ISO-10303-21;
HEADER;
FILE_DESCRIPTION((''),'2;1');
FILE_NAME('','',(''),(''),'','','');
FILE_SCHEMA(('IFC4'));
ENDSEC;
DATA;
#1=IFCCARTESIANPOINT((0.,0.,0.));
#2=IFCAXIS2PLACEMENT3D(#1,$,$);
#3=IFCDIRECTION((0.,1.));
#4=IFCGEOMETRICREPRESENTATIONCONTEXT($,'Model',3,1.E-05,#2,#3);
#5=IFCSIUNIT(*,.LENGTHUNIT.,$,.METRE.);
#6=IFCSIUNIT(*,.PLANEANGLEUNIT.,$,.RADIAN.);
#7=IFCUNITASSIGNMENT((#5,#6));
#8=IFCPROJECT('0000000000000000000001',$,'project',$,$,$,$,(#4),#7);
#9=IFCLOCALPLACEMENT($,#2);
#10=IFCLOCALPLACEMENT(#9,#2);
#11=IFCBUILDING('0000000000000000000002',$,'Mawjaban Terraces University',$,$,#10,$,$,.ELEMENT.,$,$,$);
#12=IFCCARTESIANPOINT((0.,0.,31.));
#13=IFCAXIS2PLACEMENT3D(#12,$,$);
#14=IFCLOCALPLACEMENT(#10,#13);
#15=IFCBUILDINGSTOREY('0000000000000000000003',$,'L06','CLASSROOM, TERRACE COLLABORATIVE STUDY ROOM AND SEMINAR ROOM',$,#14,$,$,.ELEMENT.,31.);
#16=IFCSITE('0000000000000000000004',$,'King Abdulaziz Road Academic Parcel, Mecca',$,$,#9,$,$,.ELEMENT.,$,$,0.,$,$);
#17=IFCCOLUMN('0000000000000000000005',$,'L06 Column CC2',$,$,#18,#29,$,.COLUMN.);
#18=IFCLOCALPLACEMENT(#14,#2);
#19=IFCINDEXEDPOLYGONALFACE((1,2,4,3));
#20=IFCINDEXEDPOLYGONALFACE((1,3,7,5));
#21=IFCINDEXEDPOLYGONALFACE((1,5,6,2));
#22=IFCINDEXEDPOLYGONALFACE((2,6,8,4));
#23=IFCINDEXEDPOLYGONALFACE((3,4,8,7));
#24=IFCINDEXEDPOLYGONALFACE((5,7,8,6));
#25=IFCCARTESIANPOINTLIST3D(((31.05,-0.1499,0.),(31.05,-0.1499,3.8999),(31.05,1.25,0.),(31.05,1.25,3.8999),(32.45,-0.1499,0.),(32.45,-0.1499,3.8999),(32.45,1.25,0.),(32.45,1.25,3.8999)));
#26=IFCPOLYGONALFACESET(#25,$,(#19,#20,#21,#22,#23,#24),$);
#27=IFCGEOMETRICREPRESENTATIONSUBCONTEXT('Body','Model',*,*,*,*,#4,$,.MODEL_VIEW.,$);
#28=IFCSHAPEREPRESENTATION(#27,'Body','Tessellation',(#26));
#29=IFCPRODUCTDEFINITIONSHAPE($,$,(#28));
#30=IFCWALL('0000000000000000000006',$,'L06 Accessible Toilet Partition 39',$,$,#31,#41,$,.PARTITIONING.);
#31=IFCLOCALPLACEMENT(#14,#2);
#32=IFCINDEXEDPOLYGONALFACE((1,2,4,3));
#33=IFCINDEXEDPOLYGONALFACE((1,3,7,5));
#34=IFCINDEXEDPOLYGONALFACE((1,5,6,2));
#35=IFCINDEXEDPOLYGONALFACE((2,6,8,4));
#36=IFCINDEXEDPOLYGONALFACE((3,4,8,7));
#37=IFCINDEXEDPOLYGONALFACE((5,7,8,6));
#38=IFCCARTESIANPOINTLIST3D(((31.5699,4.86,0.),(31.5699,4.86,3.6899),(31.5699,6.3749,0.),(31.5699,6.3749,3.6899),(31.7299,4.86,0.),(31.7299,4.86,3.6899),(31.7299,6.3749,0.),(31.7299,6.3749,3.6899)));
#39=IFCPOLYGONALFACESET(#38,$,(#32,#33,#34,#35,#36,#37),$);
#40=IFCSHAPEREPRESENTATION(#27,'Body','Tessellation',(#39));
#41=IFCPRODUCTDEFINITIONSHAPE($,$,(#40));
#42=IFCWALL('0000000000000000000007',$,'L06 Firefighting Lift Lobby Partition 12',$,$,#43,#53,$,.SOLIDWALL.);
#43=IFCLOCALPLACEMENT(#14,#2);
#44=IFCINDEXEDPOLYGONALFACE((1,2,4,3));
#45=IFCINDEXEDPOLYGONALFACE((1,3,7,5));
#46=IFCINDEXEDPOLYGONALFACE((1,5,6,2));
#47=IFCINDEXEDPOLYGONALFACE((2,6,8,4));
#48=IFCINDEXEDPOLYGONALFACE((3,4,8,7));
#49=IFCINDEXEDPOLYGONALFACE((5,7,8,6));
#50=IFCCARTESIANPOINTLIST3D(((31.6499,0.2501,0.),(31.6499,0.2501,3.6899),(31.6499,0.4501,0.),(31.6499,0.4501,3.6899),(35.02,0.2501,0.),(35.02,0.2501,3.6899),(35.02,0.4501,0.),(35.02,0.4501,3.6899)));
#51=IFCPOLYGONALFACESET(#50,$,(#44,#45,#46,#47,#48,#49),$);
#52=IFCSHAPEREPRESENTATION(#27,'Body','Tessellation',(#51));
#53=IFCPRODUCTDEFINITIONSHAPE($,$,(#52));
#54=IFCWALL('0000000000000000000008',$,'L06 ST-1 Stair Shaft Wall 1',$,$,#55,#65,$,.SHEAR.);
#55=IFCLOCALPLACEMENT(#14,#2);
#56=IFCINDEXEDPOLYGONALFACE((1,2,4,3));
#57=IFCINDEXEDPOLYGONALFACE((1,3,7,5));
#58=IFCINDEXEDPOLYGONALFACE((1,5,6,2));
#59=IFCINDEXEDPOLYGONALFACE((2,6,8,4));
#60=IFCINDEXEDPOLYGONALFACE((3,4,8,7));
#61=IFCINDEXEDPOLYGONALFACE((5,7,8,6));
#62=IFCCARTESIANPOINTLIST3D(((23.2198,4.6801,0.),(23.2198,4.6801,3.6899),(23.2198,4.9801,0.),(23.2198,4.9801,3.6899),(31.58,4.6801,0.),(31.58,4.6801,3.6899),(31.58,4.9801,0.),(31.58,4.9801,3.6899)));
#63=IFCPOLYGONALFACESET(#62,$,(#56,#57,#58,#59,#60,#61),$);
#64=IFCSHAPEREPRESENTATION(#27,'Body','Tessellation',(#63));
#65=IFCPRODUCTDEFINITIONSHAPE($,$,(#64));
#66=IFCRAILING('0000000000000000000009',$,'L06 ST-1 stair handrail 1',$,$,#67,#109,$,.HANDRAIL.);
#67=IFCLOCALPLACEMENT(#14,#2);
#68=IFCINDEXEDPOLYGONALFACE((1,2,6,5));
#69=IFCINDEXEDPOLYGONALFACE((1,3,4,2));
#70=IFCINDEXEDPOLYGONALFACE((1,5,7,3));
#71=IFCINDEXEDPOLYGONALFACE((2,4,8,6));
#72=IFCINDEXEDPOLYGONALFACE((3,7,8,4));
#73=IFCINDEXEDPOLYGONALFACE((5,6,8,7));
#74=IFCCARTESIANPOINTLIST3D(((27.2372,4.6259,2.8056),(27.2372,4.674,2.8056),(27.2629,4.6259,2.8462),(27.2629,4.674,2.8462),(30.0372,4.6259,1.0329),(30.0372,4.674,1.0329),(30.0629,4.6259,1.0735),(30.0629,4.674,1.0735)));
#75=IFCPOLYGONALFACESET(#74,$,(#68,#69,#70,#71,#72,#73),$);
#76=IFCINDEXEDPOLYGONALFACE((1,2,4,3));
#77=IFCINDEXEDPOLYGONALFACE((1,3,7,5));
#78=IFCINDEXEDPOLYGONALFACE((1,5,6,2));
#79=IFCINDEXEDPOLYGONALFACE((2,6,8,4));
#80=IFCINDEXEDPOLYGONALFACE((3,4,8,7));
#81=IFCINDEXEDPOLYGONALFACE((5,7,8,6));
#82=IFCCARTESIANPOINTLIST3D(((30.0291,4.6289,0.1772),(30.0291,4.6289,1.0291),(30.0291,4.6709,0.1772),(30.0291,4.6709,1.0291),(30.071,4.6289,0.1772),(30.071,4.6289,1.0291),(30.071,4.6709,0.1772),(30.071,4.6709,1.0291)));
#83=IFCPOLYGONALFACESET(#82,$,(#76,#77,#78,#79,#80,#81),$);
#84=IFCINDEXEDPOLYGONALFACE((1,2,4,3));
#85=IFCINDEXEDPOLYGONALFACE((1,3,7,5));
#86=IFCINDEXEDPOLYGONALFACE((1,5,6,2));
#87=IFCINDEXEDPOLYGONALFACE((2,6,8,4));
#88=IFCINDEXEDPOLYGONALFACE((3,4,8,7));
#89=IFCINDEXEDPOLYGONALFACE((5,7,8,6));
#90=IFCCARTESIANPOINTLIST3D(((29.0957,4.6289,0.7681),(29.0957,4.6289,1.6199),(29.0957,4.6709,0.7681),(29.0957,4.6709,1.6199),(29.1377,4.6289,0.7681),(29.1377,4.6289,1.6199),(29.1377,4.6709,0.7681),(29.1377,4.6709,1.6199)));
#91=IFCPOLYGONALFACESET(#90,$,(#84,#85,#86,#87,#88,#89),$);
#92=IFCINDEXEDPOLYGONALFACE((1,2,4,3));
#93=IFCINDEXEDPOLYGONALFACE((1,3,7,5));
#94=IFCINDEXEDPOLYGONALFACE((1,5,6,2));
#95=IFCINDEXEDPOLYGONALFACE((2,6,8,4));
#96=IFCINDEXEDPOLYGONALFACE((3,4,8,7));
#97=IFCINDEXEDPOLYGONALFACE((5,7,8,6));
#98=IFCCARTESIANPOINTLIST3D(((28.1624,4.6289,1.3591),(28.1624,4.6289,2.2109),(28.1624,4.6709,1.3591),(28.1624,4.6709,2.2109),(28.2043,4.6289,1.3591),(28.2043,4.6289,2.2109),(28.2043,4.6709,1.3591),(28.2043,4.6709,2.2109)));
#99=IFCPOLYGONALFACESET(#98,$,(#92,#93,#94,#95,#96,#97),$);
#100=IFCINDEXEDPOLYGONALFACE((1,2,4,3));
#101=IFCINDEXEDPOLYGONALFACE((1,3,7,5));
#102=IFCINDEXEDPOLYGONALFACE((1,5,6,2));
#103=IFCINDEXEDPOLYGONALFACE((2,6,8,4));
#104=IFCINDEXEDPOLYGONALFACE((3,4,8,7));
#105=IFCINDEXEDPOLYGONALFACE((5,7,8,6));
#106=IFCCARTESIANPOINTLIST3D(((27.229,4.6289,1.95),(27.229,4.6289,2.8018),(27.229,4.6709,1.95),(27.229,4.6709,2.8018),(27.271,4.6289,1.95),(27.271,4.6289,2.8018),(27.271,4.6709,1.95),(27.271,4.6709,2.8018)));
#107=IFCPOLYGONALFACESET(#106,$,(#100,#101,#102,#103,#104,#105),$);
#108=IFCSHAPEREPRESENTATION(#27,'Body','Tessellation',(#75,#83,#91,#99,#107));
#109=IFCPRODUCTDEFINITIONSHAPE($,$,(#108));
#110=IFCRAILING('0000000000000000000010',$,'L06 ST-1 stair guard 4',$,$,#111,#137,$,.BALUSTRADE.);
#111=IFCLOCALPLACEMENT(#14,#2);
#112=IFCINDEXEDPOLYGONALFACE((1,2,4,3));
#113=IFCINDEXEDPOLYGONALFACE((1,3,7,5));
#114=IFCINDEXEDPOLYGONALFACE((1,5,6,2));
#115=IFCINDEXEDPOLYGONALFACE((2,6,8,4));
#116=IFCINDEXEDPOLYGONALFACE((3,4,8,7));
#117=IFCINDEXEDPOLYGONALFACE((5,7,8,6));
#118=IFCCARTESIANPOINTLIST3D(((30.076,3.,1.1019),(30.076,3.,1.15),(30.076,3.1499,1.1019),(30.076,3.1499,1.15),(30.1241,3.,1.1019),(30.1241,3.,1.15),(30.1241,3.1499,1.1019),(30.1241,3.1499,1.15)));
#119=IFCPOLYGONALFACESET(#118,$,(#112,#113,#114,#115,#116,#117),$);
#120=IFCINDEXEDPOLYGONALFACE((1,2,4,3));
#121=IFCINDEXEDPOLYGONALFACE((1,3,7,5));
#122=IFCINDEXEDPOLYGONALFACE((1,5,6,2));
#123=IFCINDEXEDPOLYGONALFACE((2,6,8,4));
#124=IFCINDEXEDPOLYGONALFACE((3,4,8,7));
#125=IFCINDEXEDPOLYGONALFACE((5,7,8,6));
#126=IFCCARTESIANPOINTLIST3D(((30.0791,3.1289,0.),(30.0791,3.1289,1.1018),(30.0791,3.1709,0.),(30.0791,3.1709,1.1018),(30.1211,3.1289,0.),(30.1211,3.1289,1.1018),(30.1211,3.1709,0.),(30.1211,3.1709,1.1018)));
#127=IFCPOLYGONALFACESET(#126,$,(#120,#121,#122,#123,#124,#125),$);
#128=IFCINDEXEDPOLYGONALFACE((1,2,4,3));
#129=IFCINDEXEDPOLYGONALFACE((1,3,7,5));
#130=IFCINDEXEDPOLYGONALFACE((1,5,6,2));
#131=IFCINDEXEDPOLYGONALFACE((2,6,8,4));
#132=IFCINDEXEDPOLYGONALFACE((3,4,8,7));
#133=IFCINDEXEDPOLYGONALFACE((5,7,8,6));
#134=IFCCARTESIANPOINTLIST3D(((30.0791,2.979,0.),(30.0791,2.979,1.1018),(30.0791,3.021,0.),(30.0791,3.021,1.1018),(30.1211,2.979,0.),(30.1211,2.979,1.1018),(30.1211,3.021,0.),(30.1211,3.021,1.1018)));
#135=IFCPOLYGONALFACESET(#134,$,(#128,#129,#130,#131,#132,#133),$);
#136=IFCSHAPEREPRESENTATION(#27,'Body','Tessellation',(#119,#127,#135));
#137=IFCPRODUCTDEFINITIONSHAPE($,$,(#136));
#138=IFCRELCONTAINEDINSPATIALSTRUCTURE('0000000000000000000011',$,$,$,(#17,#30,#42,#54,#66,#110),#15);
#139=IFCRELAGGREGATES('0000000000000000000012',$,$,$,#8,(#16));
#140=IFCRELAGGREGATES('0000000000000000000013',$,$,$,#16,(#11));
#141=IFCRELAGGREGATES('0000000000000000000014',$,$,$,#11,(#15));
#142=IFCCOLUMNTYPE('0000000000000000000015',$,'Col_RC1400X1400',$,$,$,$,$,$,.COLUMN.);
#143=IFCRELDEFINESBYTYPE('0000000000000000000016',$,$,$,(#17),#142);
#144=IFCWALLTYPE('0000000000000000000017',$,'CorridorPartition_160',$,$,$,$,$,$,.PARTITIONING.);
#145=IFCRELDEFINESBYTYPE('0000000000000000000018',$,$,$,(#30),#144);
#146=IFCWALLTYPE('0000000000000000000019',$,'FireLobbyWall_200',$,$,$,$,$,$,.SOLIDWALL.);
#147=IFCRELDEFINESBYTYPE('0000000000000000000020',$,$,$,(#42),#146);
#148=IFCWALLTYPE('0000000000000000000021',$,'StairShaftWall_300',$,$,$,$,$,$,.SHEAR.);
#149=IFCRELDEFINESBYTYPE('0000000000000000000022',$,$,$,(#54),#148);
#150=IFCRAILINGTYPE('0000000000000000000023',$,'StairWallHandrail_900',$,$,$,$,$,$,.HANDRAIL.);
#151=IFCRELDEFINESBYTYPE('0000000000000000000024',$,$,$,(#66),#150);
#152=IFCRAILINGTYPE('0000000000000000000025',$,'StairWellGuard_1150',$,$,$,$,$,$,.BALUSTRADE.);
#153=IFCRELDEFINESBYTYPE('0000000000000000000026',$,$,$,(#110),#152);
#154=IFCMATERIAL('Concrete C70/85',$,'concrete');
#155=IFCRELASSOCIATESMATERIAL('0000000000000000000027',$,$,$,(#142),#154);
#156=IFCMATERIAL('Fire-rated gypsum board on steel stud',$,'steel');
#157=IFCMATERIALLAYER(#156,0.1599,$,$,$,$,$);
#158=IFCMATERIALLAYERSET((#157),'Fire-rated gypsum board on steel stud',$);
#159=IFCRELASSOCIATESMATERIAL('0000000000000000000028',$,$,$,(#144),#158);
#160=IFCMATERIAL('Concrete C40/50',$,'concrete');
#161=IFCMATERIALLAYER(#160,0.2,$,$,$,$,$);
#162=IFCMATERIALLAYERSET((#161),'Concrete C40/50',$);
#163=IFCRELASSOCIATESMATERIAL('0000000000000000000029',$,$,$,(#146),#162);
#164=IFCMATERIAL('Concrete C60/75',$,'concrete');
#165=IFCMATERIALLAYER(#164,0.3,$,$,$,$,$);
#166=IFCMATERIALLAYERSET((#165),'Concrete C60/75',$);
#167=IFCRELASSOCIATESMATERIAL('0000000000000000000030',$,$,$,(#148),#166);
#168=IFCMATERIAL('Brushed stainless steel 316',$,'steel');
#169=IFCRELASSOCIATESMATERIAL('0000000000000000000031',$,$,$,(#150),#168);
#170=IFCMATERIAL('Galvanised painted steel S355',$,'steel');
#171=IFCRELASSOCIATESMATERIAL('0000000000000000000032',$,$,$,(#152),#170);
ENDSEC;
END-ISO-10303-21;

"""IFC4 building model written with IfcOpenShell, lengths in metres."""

from ifc_helpers import new_model, si_unit, direction, frame, frame_2d, origin, origin_2d, place, context, subcontext, project, spatial, rectangle, extrude, material, layer, layer_set, material_profile, profile_set, type_object, element, save


model = new_model("IFC4")

# Units and contexts
model_context = context("Model", 3, precision=1e-05, world=origin(), true_north=direction((0.0, 1.0)))
body_context = subcontext(model_context, "Body", "Model", "MODEL_VIEW")
ifc_project = project(units=[si_unit("LENGTHUNIT", "METRE"), si_unit("PLANEANGLEUNIT", "RADIAN")], contexts=[model_context])

# Site, building, storey
site_placement = place(None, origin())
site = spatial("IfcSite", under=ifc_project, at=site_placement, Name="King Abdulaziz Road Academic Parcel, Mecca", CompositionType="ELEMENT", RefElevation=0.0)
building_placement = place(site_placement, origin())
building = spatial("IfcBuilding", under=site, at=building_placement, Name="Mawjaban Terraces University", CompositionType="ELEMENT")
storey_placement = place(building_placement, frame((0.0, 0.0, 31.0)))
storey = spatial("IfcBuildingStorey", under=building, at=storey_placement, Name="L06", Description="CLASSROOM, TERRACE COLLABORATIVE STUDY ROOM AND SEMINAR ROOM", CompositionType="ELEMENT", Elevation=31.0)

# Column
ifc_material_1 = material(Name="Concrete C70/85", Category="concrete")
ifc_material_profile = material_profile(ifc_material_1, rectangle(XDim=1.3999, YDim=1.3999, at=origin_2d()), Name="RC1400X1400")
ifc_profile_set = profile_set([ifc_material_profile], Name="Concrete C70/85")
column_type = type_object("IfcColumnType", Name="Col_RC1400X1400", PredefinedType="COLUMN", material=ifc_profile_set)
column_placement = place(storey_placement, frame((31.75, 0.55, 0.0), z_axis=(0.0, 0.0, 1.0), x_axis=(1.0, 0.0, 0.0)))
element("IfcColumn", 1, at=column_placement, inside=storey, type_object=column_type, Name="L06 Column CC2", PredefinedType="COLUMN", context=body_context, shape_type="SweptSolid", body=[
    extrude(rectangle(XDim=1.3999, YDim=1.3999, at=origin_2d()), origin(), (0.0, 0.0, 1.0), 3.8999),
])

# Wall
ifc_material_2 = material(Name="Fire-rated gypsum board on steel stud", Category="steel")
ifc_layer_1 = layer(ifc_material_2, 0.1599)
ifc_layer_set_1 = layer_set([ifc_layer_1], Name="Fire-rated gypsum board on steel stud")
wall_type_1 = type_object("IfcWallType", Name="CorridorPartition_160", PredefinedType="PARTITIONING", material=ifc_layer_set_1)
wall_1_placement = place(storey_placement, frame((31.6499, 4.8601, 0.0), z_axis=(0.0, 0.0, 1.0), x_axis=(0.0, 1.0, 0.0)))
element("IfcWall", 2, at=wall_1_placement, inside=storey, type_object=wall_type_1, Name="L06 Accessible Toilet Partition 39", PredefinedType="PARTITIONING", context=body_context, shape_type="SweptSolid", body=[
    extrude(rectangle(XDim=1.5149, YDim=0.1599, at=frame_2d((0.7573, 0.0))), origin(), (0.0, 0.0, 1.0), 3.6899),
])

# Shared definitions
ifc_material_3 = material(Name="Concrete C40/50", Category="concrete")
ifc_layer_2 = layer(ifc_material_3, 0.2)
ifc_layer_set_2 = layer_set([ifc_layer_2], Name="Concrete C40/50")
wall_type_2 = type_object("IfcWallType", Name="FireLobbyWall_200", PredefinedType="SOLIDWALL", material=ifc_layer_set_2)

# Wall
wall_2_placement = place(storey_placement, frame((31.6499, 0.3501, 0.0), z_axis=(0.0, 0.0, 1.0), x_axis=(1.0, 0.0, 0.0)))
element("IfcWall", 3, at=wall_2_placement, inside=storey, type_object=wall_type_2, Name="L06 Firefighting Lift Lobby Partition 12", PredefinedType="SOLIDWALL", context=body_context, shape_type="SweptSolid", body=[
    extrude(rectangle(XDim=3.3701, YDim=0.2, at=frame_2d((1.6851, 0.0))), origin(), (0.0, 0.0, 1.0), 3.6899),
])

# Wall
ifc_material_4 = material(Name="Concrete C60/75", Category="concrete")
ifc_layer_3 = layer(ifc_material_4, 0.3)
ifc_layer_set_3 = layer_set([ifc_layer_3], Name="Concrete C60/75")
wall_type_3 = type_object("IfcWallType", Name="StairShaftWall_300", PredefinedType="SHEAR", material=ifc_layer_set_3)
wall_3_placement = place(storey_placement, frame((31.5801, 4.8301, 0.0), z_axis=(0.0, 0.0, 1.0), x_axis=(-1.0, 0.0, 0.0)))
element("IfcWall", 4, at=wall_3_placement, inside=storey, type_object=wall_type_3, Name="L06 ST-1 Stair Shaft Wall 1", PredefinedType="SHEAR", context=body_context, shape_type="SweptSolid", body=[
    extrude(rectangle(XDim=8.3601, YDim=0.3, at=frame_2d((4.1802, 0.0))), origin(), (0.0, 0.0, 1.0), 3.6899),
])

# Railings
ifc_material_5 = material(Name="Brushed stainless steel 316", Category="steel")
railing_type_1 = type_object("IfcRailingType", Name="StairWallHandrail_900", PredefinedType="HANDRAIL", material=ifc_material_5)
railing_1_placement = place(storey_placement, frame((30.05, 4.6499, 0.1772)))
element("IfcRailing", 5, at=railing_1_placement, inside=storey, type_object=railing_type_1, Name="L06 ST-1 stair handrail 1", PredefinedType="HANDRAIL", context=body_context, shape_type="SweptSolid", body=[
    extrude(rectangle(XDim=0.0481, YDim=0.0481, at=origin_2d()), frame((0.0, 0.0, 0.876), z_axis=(-0.844909, 0.0, 0.53491), x_axis=(0.0, -1.0, 0.0)), (0.0, 0.0, 1.0), 3.314),
    extrude(rectangle(XDim=0.042, YDim=0.042, at=origin_2d()), origin(), (0.0, 0.0, 1.0), 0.8518),
    extrude(rectangle(XDim=0.042, YDim=0.042, at=origin_2d()), frame((-0.9333, 0.0, 0.5908)), (0.0, 0.0, 1.0), 0.8518),
    extrude(rectangle(XDim=0.042, YDim=0.042, at=origin_2d()), frame((-1.8667, 0.0, 1.1819)), (0.0, 0.0, 1.0), 0.8518),
    extrude(rectangle(XDim=0.042, YDim=0.042, at=origin_2d()), frame((-2.8, 0.0, 1.7727)), (0.0, 0.0, 1.0), 0.8518),
])
ifc_material_6 = material(Name="Galvanised painted steel S355", Category="steel")
railing_type_2 = type_object("IfcRailingType", Name="StairWellGuard_1150", PredefinedType="BALUSTRADE", material=ifc_material_6)
railing_2_placement = place(storey_placement, frame((30.1001, 3.1499, 0.0)))
element("IfcRailing", 6, at=railing_2_placement, inside=storey, type_object=railing_type_2, Name="L06 ST-1 stair guard 4", PredefinedType="BALUSTRADE", context=body_context, shape_type="SweptSolid", body=[
    extrude(rectangle(XDim=0.0481, YDim=0.0481, at=origin_2d()), frame((0.0, 0.0, 1.126), z_axis=(0.0, -1.0, 0.0), x_axis=(1.0, 0.0, 0.0)), (0.0, 0.0, 1.0), 0.1499),
    extrude(rectangle(XDim=0.042, YDim=0.042, at=origin_2d()), origin(), (0.0, 0.0, 1.0), 1.1018),
    extrude(rectangle(XDim=0.042, YDim=0.042, at=origin_2d()), frame((0.0, -0.1499, 0.0)), (0.0, 0.0, 1.0), 1.1018),
])

save(model, "model.ifc")
